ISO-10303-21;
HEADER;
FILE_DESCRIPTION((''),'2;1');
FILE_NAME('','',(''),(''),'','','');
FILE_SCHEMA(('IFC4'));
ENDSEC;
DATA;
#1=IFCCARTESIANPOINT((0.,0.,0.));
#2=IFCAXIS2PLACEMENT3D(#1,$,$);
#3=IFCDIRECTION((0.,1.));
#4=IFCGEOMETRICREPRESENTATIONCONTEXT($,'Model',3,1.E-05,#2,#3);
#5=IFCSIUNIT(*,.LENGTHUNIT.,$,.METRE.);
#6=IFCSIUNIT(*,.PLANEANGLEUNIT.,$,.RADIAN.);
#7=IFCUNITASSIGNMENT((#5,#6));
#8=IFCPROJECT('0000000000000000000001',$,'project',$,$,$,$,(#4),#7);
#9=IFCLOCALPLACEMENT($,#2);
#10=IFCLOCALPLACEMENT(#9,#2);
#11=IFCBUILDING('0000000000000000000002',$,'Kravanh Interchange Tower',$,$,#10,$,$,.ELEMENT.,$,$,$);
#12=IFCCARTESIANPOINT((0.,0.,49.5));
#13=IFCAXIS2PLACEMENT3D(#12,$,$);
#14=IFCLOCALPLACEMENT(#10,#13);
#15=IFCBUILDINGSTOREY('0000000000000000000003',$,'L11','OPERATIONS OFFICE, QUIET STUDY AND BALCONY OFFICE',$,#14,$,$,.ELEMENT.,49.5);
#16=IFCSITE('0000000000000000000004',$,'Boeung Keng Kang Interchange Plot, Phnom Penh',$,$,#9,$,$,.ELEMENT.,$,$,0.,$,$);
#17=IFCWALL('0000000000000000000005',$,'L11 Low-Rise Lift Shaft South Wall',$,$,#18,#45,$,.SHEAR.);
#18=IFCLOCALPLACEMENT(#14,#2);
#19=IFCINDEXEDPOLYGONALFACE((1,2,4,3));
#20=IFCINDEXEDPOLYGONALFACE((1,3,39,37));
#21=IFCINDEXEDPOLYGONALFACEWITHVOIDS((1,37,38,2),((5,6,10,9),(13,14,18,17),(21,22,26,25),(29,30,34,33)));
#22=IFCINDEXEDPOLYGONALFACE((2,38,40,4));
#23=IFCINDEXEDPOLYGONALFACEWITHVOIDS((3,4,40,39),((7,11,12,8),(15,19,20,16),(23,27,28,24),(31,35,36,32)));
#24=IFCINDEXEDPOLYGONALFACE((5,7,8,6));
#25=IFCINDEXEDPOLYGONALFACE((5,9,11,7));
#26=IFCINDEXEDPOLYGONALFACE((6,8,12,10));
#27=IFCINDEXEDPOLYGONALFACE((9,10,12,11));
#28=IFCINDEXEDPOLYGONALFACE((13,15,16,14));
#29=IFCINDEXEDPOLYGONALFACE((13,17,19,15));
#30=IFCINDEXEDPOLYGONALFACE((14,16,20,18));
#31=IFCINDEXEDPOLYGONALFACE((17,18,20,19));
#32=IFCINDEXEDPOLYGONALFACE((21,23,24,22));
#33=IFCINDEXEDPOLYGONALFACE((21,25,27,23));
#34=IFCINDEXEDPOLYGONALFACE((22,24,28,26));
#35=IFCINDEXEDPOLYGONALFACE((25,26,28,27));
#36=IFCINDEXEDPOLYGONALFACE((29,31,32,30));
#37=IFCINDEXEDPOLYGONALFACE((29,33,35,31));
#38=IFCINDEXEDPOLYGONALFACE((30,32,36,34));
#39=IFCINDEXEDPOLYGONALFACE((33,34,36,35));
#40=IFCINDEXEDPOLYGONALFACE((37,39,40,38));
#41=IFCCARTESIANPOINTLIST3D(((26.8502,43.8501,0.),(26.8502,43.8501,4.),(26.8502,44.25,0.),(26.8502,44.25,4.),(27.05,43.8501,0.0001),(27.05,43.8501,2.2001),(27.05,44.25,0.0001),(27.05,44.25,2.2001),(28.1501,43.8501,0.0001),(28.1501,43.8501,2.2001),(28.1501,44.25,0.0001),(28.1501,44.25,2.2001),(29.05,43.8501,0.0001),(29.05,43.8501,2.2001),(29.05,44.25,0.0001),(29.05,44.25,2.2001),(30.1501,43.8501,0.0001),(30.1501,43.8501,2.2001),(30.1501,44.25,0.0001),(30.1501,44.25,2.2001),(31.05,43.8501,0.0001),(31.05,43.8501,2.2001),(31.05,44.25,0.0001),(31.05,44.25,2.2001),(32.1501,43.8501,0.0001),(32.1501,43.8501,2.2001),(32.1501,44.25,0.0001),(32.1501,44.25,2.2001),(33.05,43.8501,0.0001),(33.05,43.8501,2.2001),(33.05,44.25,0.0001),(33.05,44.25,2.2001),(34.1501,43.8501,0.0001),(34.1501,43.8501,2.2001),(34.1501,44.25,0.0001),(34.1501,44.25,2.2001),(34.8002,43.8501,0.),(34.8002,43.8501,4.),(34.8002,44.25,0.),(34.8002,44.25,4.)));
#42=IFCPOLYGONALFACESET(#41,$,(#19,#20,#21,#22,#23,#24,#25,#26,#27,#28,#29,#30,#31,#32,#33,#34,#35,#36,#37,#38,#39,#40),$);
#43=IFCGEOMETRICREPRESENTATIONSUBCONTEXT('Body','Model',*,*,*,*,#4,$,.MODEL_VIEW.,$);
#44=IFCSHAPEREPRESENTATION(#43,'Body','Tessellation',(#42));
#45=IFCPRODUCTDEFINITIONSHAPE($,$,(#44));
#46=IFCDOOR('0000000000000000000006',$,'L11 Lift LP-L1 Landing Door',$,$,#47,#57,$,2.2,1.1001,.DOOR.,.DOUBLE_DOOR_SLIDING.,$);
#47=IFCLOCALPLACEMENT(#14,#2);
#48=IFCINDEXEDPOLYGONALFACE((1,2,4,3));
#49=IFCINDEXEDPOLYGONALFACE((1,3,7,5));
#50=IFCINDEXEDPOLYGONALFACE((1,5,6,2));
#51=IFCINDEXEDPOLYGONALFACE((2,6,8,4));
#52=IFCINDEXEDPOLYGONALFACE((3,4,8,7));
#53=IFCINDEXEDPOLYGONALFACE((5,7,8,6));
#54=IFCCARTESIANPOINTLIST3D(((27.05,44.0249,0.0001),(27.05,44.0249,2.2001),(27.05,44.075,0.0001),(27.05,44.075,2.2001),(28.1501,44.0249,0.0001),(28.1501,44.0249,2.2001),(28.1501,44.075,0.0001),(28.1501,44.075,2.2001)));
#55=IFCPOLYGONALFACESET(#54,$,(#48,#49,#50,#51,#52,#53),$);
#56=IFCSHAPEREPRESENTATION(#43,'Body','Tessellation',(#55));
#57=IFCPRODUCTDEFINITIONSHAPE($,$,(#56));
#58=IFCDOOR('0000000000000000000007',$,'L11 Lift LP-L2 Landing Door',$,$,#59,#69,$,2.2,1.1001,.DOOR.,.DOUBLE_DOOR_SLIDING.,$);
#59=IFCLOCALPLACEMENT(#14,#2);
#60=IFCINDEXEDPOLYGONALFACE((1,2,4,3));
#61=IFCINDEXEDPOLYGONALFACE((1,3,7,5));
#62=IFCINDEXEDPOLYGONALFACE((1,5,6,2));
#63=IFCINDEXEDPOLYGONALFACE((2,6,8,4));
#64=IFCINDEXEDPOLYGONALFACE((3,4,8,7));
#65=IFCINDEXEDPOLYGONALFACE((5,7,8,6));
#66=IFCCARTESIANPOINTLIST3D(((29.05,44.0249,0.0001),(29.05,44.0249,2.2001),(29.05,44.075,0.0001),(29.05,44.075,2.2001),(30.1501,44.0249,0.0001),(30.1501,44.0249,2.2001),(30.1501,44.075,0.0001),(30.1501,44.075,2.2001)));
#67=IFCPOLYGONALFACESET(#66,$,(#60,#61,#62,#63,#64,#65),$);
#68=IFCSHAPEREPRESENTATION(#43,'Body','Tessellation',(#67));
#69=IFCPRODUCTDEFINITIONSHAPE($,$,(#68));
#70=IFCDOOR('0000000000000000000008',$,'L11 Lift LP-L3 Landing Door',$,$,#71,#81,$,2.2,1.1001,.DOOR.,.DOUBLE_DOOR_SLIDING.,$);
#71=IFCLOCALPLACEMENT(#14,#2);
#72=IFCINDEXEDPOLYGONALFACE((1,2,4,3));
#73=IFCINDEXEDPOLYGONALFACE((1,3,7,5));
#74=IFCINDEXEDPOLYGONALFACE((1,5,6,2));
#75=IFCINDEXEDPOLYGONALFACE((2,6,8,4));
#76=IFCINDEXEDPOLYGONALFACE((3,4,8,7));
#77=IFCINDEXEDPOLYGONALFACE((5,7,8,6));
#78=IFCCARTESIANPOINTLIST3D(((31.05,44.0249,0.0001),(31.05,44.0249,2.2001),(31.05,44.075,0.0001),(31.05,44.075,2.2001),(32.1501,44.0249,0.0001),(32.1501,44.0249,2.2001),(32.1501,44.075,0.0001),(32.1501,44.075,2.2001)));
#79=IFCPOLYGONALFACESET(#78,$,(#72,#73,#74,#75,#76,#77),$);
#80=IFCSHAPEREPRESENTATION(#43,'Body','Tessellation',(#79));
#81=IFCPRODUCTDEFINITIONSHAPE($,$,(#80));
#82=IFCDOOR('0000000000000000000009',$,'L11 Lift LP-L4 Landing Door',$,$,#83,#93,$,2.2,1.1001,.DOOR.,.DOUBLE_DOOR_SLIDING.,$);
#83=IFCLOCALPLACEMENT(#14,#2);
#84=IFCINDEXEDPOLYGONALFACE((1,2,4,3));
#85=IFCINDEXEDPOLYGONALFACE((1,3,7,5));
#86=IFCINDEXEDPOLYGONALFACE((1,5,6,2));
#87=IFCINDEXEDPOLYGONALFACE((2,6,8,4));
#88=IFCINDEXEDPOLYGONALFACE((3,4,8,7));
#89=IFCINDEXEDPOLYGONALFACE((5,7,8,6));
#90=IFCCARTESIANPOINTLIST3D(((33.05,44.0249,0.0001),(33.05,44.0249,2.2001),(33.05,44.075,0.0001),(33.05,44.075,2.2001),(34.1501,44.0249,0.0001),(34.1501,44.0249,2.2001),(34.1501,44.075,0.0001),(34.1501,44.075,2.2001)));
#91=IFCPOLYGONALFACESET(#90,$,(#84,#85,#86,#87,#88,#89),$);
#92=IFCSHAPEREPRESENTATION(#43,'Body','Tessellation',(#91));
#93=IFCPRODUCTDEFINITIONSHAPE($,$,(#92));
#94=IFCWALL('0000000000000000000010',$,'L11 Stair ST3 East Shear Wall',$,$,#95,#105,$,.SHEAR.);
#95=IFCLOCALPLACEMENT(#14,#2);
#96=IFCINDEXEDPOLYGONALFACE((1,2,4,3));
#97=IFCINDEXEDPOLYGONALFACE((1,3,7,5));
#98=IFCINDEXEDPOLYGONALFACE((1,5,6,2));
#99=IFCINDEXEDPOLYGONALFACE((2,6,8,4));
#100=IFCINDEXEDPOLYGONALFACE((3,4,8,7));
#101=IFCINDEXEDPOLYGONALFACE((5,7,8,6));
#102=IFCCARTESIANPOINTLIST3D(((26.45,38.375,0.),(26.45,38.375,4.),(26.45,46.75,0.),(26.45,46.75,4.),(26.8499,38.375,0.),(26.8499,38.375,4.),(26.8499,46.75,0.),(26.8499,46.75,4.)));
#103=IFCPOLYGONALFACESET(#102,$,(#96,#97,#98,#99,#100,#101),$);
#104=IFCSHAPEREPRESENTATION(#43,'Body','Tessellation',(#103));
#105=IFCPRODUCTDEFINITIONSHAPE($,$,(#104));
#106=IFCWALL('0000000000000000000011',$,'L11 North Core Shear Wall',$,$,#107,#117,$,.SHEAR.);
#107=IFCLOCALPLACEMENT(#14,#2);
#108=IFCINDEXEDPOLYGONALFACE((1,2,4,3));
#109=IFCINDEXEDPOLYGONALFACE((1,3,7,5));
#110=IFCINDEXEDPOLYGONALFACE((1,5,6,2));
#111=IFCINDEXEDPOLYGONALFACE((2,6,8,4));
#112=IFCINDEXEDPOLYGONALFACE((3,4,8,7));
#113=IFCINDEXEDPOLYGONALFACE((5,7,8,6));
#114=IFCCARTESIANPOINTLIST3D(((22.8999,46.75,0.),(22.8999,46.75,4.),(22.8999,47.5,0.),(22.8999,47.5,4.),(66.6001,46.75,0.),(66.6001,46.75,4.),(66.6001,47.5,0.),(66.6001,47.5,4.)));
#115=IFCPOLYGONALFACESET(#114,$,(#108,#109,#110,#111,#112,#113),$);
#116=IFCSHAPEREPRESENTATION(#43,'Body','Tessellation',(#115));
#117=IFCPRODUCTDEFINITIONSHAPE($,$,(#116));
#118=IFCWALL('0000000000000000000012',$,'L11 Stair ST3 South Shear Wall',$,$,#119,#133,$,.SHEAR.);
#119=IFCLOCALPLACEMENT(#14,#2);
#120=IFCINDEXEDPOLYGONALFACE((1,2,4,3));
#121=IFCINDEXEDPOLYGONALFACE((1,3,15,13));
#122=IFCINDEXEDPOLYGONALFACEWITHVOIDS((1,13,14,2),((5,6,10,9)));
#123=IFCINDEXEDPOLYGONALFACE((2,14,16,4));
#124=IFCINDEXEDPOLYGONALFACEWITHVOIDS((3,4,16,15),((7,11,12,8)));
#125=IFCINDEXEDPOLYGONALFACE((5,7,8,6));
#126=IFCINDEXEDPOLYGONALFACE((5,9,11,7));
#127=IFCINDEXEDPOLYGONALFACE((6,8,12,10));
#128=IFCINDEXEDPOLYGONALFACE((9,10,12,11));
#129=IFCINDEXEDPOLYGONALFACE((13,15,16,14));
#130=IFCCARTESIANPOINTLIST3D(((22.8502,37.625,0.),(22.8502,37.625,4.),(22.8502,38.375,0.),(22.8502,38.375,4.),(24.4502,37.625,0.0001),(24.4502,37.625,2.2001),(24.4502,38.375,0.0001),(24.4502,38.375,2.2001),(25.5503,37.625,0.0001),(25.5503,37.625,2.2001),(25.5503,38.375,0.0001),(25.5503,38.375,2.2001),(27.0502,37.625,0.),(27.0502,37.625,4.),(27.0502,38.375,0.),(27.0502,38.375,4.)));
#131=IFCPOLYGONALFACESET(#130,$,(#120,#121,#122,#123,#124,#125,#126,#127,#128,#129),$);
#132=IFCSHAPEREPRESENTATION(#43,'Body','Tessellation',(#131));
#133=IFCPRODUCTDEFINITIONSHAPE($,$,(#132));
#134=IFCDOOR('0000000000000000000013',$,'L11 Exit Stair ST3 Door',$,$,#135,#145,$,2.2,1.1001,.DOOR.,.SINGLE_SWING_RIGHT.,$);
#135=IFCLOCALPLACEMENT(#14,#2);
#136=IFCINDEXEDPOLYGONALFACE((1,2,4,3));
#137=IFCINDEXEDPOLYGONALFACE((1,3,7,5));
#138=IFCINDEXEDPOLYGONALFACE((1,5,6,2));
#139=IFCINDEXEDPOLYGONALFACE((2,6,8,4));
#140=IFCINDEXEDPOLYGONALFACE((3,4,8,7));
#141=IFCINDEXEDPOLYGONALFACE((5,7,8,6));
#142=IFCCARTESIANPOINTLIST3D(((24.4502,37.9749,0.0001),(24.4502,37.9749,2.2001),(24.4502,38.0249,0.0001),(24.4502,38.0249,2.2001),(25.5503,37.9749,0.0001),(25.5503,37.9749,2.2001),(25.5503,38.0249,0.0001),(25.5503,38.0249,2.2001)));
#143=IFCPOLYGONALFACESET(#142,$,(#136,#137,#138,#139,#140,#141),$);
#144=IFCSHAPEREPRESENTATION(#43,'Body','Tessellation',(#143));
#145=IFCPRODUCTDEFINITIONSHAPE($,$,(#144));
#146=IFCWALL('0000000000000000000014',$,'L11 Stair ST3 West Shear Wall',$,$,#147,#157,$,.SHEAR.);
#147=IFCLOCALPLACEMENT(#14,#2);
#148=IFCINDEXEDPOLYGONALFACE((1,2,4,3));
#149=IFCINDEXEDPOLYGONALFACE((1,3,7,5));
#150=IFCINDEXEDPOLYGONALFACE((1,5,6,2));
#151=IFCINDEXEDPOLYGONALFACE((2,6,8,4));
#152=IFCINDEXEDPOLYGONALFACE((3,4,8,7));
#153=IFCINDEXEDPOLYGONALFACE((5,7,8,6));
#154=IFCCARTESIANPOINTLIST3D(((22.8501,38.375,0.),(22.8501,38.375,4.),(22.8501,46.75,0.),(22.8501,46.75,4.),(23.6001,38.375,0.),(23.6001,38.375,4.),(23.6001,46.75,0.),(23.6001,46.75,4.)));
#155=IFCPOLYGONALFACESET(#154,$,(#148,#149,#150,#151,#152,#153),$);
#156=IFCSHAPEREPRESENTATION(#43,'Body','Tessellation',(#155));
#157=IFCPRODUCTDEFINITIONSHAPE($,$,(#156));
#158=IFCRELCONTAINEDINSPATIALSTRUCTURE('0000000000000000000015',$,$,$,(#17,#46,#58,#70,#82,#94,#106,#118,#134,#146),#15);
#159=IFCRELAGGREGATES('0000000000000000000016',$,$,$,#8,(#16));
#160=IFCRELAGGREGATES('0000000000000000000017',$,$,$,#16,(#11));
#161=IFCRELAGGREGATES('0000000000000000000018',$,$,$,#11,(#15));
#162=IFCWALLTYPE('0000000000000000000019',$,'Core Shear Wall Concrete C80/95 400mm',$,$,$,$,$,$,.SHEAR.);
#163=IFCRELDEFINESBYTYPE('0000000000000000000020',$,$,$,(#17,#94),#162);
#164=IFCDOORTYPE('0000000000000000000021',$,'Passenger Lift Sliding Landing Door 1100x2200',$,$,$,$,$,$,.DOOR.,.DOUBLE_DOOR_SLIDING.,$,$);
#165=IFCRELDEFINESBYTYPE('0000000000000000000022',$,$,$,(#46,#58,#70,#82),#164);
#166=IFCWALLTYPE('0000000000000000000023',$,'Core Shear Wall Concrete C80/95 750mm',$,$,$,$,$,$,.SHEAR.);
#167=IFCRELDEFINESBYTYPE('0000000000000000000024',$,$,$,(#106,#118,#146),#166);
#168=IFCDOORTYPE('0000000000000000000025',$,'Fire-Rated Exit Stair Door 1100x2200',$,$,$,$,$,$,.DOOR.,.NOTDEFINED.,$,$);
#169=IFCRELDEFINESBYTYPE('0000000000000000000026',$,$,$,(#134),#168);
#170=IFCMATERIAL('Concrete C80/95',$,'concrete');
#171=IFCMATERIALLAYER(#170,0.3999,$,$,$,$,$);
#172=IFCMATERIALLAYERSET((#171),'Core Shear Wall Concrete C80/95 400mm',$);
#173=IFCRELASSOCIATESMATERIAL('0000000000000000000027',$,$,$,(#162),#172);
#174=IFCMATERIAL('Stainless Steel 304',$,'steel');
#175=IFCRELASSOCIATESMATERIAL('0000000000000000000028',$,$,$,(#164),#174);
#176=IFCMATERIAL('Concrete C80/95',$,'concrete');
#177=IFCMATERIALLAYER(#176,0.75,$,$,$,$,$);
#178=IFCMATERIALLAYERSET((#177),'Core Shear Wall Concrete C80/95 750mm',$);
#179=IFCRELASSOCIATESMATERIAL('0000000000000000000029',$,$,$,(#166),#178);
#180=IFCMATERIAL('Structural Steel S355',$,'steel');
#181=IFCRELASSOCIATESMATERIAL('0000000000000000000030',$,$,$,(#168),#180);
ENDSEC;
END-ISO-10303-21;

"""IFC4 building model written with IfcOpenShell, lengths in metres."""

from ifc_helpers import new_model, si_unit, direction, frame, frame_2d, origin, place, context, subcontext, project, spatial, rectangle, extrude, material, layer, layer_set, type_object, element, fill, save


model = new_model("IFC4")

# Units and contexts
model_context = context("Model", 3, precision=1e-05, world=origin(), true_north=direction((0.0, 1.0)))
body_context = subcontext(model_context, "Body", "Model", "MODEL_VIEW")
ifc_project = project(units=[si_unit("LENGTHUNIT", "METRE"), si_unit("PLANEANGLEUNIT", "RADIAN")], contexts=[model_context])

# Site, building, storey
site_placement = place(None, origin())
site = spatial("IfcSite", under=ifc_project, at=site_placement, Name="Boeung Keng Kang Interchange Plot, Phnom Penh", CompositionType="ELEMENT", RefElevation=0.0)
building_placement = place(site_placement, origin())
building = spatial("IfcBuilding", under=site, at=building_placement, Name="Kravanh Interchange Tower", CompositionType="ELEMENT")
storey_placement = place(building_placement, frame((0.0, 0.0, 49.5)))
storey = spatial("IfcBuildingStorey", under=building, at=storey_placement, Name="L11", Description="OPERATIONS OFFICE, QUIET STUDY AND BALCONY OFFICE", CompositionType="ELEMENT", Elevation=49.5)

# Wall, openings, doors
ifc_material_1 = material(Name="Concrete C80/95", Category="concrete")
ifc_layer_1 = layer(ifc_material_1, 0.3999)
ifc_layer_set_1 = layer_set([ifc_layer_1], Name="Core Shear Wall Concrete C80/95 400mm")
wall_type_1 = type_object("IfcWallType", Name="Core Shear Wall Concrete C80/95 400mm", PredefinedType="SHEAR", material=ifc_layer_set_1)
wall_1_placement = place(storey_placement, frame((26.8501, 44.05, 0.0), z_axis=(0.0, 0.0, 1.0), x_axis=(1.0, 0.0, 0.0)))
wall_1 = element("IfcWall", 1, at=wall_1_placement, inside=storey, type_object=wall_type_1, Name="L11 Low-Rise Lift Shaft South Wall", PredefinedType="SHEAR", context=body_context, shape_type="SweptSolid", body=[
    extrude(rectangle(XDim=7.95, YDim=0.3999, at=frame_2d((3.9751, 0.0))), origin(), (0.0, 0.0, 1.0), 4.0),
])
opening_1_placement = place(wall_1_placement, frame((0.2, 0.0, 0.0)))
opening_1 = element("IfcOpeningElement", 2, at=opening_1_placement, cuts=wall_1, PredefinedType="OPENING", context=body_context, shape_type="SweptSolid", body=[
    extrude(rectangle(XDim=1.1001, YDim=2.2, at=frame_2d((0.55, 1.1001))), frame((0.0, 0.21, 0.0), z_axis=(0.0, -1.0, 0.0), x_axis=(1.0, 0.0, 0.0)), (0.0, 0.0, 1.0), 0.4199),
])
opening_2_placement = place(wall_1_placement, frame((2.2, 0.0, 0.0)))
opening_2 = element("IfcOpeningElement", 3, at=opening_2_placement, cuts=wall_1, PredefinedType="OPENING", context=body_context, shape_type="SweptSolid", body=[
    extrude(rectangle(XDim=1.1001, YDim=2.2, at=frame_2d((0.55, 1.1001))), frame((0.0, 0.21, 0.0), z_axis=(0.0, -1.0, 0.0), x_axis=(1.0, 0.0, 0.0)), (0.0, 0.0, 1.0), 0.4199),
])
opening_3_placement = place(wall_1_placement, frame((4.2, 0.0, 0.0)))
opening_3 = element("IfcOpeningElement", 4, at=opening_3_placement, cuts=wall_1, PredefinedType="OPENING", context=body_context, shape_type="SweptSolid", body=[
    extrude(rectangle(XDim=1.1001, YDim=2.2, at=frame_2d((0.55, 1.1001))), frame((0.0, 0.21, 0.0), z_axis=(0.0, -1.0, 0.0), x_axis=(1.0, 0.0, 0.0)), (0.0, 0.0, 1.0), 0.4199),
])
opening_4_placement = place(wall_1_placement, frame((6.2, 0.0, 0.0)))
opening_4 = element("IfcOpeningElement", 5, at=opening_4_placement, cuts=wall_1, PredefinedType="OPENING", context=body_context, shape_type="SweptSolid", body=[
    extrude(rectangle(XDim=1.1001, YDim=2.2, at=frame_2d((0.55, 1.1001))), frame((0.0, 0.21, 0.0), z_axis=(0.0, -1.0, 0.0), x_axis=(1.0, 0.0, 0.0)), (0.0, 0.0, 1.0), 0.4199),
])
ifc_material_2 = material(Name="Stainless Steel 304", Category="steel")
door_type_1 = type_object("IfcDoorType", Name="Passenger Lift Sliding Landing Door 1100x2200", OperationType="DOUBLE_DOOR_SLIDING", PredefinedType="DOOR", material=ifc_material_2)
door_1_placement = place(opening_1_placement, origin())
door_1 = element("IfcDoor", 6, at=door_1_placement, inside=storey, type_object=door_type_1, Name="L11 Lift LP-L1 Landing Door", OperationType="DOUBLE_DOOR_SLIDING", OverallHeight=2.2, OverallWidth=1.1001, PredefinedType="DOOR", context=body_context, shape_type="SweptSolid", body=[
    extrude(rectangle(XDim=1.1001, YDim=2.2, at=frame_2d((0.55, 1.1001))), frame((0.0, 0.0249, 0.0), z_axis=(0.0, -1.0, 0.0), x_axis=(1.0, 0.0, 0.0)), (0.0, 0.0, 1.0), 0.05),
])
fill(opening_1, door_1)
door_2_placement = place(opening_2_placement, origin())
door_2 = element("IfcDoor", 7, at=door_2_placement, inside=storey, type_object=door_type_1, Name="L11 Lift LP-L2 Landing Door", OperationType="DOUBLE_DOOR_SLIDING", OverallHeight=2.2, OverallWidth=1.1001, PredefinedType="DOOR", context=body_context, shape_type="SweptSolid", body=[
    extrude(rectangle(XDim=1.1001, YDim=2.2, at=frame_2d((0.55, 1.1001))), frame((0.0, 0.0249, 0.0), z_axis=(0.0, -1.0, 0.0), x_axis=(1.0, 0.0, 0.0)), (0.0, 0.0, 1.0), 0.05),
])
fill(opening_2, door_2)
door_3_placement = place(opening_3_placement, origin())
door_3 = element("IfcDoor", 8, at=door_3_placement, inside=storey, type_object=door_type_1, Name="L11 Lift LP-L3 Landing Door", OperationType="DOUBLE_DOOR_SLIDING", OverallHeight=2.2, OverallWidth=1.1001, PredefinedType="DOOR", context=body_context, shape_type="SweptSolid", body=[
    extrude(rectangle(XDim=1.1001, YDim=2.2, at=frame_2d((0.55, 1.1001))), frame((0.0, 0.0249, 0.0), z_axis=(0.0, -1.0, 0.0), x_axis=(1.0, 0.0, 0.0)), (0.0, 0.0, 1.0), 0.05),
])
fill(opening_3, door_3)
door_4_placement = place(opening_4_placement, origin())
door_4 = element("IfcDoor", 9, at=door_4_placement, inside=storey, type_object=door_type_1, Name="L11 Lift LP-L4 Landing Door", OperationType="DOUBLE_DOOR_SLIDING", OverallHeight=2.2, OverallWidth=1.1001, PredefinedType="DOOR", context=body_context, shape_type="SweptSolid", body=[
    extrude(rectangle(XDim=1.1001, YDim=2.2, at=frame_2d((0.55, 1.1001))), frame((0.0, 0.0249, 0.0), z_axis=(0.0, -1.0, 0.0), x_axis=(1.0, 0.0, 0.0)), (0.0, 0.0, 1.0), 0.05),
])
fill(opening_4, door_4)

# Walls
wall_2_placement = place(storey_placement, frame((26.6499, 38.375, 0.0), z_axis=(0.0, 0.0, 1.0), x_axis=(0.0, 1.0, 0.0)))
element("IfcWall", 10, at=wall_2_placement, inside=storey, type_object=wall_type_1, Name="L11 Stair ST3 East Shear Wall", PredefinedType="SHEAR", context=body_context, shape_type="SweptSolid", body=[
    extrude(rectangle(XDim=8.375, YDim=0.3999, at=frame_2d((4.1875, 0.0))), origin(), (0.0, 0.0, 1.0), 4.0),
])
ifc_material_3 = material(Name="Concrete C80/95", Category="concrete")
ifc_layer_2 = layer(ifc_material_3, 0.75)
ifc_layer_set_2 = layer_set([ifc_layer_2], Name="Core Shear Wall Concrete C80/95 750mm")
wall_type_2 = type_object("IfcWallType", Name="Core Shear Wall Concrete C80/95 750mm", PredefinedType="SHEAR", material=ifc_layer_set_2)
wall_3_placement = place(storey_placement, frame((22.8999, 47.125, 0.0), z_axis=(0.0, 0.0, 1.0), x_axis=(1.0, 0.0, 0.0)))
element("IfcWall", 11, at=wall_3_placement, inside=storey, type_object=wall_type_2, Name="L11 North Core Shear Wall", PredefinedType="SHEAR", context=body_context, shape_type="SweptSolid", body=[
    extrude(rectangle(XDim=43.7002, YDim=0.75, at=frame_2d((21.8501, 0.0))), origin(), (0.0, 0.0, 1.0), 4.0),
])

# Wall, opening, door
wall_4_placement = place(storey_placement, frame((22.8501, 38.0, 0.0), z_axis=(0.0, 0.0, 1.0), x_axis=(1.0, 0.0, 0.0)))
wall_4 = element("IfcWall", 12, at=wall_4_placement, inside=storey, type_object=wall_type_2, Name="L11 Stair ST3 South Shear Wall", PredefinedType="SHEAR", context=body_context, shape_type="SweptSolid", body=[
    extrude(rectangle(XDim=4.2, YDim=0.75, at=frame_2d((2.1001, 0.0))), origin(), (0.0, 0.0, 1.0), 4.0),
])
opening_5_placement = place(wall_4_placement, frame((1.6001, 0.0, 0.0)))
opening_5 = element("IfcOpeningElement", 13, at=opening_5_placement, cuts=wall_4, PredefinedType="OPENING", context=body_context, shape_type="SweptSolid", body=[
    extrude(rectangle(XDim=1.1001, YDim=2.2, at=frame_2d((0.55, 1.1001))), frame((0.0, 0.385, 0.0), z_axis=(0.0, -1.0, 0.0), x_axis=(1.0, 0.0, 0.0)), (0.0, 0.0, 1.0), 0.77),
])
ifc_material_4 = material(Name="Structural Steel S355", Category="steel")
door_type_2 = type_object("IfcDoorType", Name="Fire-Rated Exit Stair Door 1100x2200", OperationType="NOTDEFINED", PredefinedType="DOOR", material=ifc_material_4)
door_5_placement = place(opening_5_placement, origin())
door_5 = element("IfcDoor", 14, at=door_5_placement, inside=storey, type_object=door_type_2, Name="L11 Exit Stair ST3 Door", OperationType="SINGLE_SWING_RIGHT", OverallHeight=2.2, OverallWidth=1.1001, PredefinedType="DOOR", context=body_context, shape_type="SweptSolid", body=[
    extrude(rectangle(XDim=1.1001, YDim=2.2, at=frame_2d((0.55, 1.1001))), frame((0.0, 0.0249, 0.0), z_axis=(0.0, -1.0, 0.0), x_axis=(1.0, 0.0, 0.0)), (0.0, 0.0, 1.0), 0.05),
])
fill(opening_5, door_5)

# Wall
wall_5_placement = place(storey_placement, frame((23.2251, 38.375, 0.0), z_axis=(0.0, 0.0, 1.0), x_axis=(0.0, 1.0, 0.0)))
element("IfcWall", 15, at=wall_5_placement, inside=storey, type_object=wall_type_2, Name="L11 Stair ST3 West Shear Wall", PredefinedType="SHEAR", context=body_context, shape_type="SweptSolid", body=[
    extrude(rectangle(XDim=8.375, YDim=0.75, at=frame_2d((4.1875, 0.0))), origin(), (0.0, 0.0, 1.0), 4.0),
])

save(model, "model.ifc")
